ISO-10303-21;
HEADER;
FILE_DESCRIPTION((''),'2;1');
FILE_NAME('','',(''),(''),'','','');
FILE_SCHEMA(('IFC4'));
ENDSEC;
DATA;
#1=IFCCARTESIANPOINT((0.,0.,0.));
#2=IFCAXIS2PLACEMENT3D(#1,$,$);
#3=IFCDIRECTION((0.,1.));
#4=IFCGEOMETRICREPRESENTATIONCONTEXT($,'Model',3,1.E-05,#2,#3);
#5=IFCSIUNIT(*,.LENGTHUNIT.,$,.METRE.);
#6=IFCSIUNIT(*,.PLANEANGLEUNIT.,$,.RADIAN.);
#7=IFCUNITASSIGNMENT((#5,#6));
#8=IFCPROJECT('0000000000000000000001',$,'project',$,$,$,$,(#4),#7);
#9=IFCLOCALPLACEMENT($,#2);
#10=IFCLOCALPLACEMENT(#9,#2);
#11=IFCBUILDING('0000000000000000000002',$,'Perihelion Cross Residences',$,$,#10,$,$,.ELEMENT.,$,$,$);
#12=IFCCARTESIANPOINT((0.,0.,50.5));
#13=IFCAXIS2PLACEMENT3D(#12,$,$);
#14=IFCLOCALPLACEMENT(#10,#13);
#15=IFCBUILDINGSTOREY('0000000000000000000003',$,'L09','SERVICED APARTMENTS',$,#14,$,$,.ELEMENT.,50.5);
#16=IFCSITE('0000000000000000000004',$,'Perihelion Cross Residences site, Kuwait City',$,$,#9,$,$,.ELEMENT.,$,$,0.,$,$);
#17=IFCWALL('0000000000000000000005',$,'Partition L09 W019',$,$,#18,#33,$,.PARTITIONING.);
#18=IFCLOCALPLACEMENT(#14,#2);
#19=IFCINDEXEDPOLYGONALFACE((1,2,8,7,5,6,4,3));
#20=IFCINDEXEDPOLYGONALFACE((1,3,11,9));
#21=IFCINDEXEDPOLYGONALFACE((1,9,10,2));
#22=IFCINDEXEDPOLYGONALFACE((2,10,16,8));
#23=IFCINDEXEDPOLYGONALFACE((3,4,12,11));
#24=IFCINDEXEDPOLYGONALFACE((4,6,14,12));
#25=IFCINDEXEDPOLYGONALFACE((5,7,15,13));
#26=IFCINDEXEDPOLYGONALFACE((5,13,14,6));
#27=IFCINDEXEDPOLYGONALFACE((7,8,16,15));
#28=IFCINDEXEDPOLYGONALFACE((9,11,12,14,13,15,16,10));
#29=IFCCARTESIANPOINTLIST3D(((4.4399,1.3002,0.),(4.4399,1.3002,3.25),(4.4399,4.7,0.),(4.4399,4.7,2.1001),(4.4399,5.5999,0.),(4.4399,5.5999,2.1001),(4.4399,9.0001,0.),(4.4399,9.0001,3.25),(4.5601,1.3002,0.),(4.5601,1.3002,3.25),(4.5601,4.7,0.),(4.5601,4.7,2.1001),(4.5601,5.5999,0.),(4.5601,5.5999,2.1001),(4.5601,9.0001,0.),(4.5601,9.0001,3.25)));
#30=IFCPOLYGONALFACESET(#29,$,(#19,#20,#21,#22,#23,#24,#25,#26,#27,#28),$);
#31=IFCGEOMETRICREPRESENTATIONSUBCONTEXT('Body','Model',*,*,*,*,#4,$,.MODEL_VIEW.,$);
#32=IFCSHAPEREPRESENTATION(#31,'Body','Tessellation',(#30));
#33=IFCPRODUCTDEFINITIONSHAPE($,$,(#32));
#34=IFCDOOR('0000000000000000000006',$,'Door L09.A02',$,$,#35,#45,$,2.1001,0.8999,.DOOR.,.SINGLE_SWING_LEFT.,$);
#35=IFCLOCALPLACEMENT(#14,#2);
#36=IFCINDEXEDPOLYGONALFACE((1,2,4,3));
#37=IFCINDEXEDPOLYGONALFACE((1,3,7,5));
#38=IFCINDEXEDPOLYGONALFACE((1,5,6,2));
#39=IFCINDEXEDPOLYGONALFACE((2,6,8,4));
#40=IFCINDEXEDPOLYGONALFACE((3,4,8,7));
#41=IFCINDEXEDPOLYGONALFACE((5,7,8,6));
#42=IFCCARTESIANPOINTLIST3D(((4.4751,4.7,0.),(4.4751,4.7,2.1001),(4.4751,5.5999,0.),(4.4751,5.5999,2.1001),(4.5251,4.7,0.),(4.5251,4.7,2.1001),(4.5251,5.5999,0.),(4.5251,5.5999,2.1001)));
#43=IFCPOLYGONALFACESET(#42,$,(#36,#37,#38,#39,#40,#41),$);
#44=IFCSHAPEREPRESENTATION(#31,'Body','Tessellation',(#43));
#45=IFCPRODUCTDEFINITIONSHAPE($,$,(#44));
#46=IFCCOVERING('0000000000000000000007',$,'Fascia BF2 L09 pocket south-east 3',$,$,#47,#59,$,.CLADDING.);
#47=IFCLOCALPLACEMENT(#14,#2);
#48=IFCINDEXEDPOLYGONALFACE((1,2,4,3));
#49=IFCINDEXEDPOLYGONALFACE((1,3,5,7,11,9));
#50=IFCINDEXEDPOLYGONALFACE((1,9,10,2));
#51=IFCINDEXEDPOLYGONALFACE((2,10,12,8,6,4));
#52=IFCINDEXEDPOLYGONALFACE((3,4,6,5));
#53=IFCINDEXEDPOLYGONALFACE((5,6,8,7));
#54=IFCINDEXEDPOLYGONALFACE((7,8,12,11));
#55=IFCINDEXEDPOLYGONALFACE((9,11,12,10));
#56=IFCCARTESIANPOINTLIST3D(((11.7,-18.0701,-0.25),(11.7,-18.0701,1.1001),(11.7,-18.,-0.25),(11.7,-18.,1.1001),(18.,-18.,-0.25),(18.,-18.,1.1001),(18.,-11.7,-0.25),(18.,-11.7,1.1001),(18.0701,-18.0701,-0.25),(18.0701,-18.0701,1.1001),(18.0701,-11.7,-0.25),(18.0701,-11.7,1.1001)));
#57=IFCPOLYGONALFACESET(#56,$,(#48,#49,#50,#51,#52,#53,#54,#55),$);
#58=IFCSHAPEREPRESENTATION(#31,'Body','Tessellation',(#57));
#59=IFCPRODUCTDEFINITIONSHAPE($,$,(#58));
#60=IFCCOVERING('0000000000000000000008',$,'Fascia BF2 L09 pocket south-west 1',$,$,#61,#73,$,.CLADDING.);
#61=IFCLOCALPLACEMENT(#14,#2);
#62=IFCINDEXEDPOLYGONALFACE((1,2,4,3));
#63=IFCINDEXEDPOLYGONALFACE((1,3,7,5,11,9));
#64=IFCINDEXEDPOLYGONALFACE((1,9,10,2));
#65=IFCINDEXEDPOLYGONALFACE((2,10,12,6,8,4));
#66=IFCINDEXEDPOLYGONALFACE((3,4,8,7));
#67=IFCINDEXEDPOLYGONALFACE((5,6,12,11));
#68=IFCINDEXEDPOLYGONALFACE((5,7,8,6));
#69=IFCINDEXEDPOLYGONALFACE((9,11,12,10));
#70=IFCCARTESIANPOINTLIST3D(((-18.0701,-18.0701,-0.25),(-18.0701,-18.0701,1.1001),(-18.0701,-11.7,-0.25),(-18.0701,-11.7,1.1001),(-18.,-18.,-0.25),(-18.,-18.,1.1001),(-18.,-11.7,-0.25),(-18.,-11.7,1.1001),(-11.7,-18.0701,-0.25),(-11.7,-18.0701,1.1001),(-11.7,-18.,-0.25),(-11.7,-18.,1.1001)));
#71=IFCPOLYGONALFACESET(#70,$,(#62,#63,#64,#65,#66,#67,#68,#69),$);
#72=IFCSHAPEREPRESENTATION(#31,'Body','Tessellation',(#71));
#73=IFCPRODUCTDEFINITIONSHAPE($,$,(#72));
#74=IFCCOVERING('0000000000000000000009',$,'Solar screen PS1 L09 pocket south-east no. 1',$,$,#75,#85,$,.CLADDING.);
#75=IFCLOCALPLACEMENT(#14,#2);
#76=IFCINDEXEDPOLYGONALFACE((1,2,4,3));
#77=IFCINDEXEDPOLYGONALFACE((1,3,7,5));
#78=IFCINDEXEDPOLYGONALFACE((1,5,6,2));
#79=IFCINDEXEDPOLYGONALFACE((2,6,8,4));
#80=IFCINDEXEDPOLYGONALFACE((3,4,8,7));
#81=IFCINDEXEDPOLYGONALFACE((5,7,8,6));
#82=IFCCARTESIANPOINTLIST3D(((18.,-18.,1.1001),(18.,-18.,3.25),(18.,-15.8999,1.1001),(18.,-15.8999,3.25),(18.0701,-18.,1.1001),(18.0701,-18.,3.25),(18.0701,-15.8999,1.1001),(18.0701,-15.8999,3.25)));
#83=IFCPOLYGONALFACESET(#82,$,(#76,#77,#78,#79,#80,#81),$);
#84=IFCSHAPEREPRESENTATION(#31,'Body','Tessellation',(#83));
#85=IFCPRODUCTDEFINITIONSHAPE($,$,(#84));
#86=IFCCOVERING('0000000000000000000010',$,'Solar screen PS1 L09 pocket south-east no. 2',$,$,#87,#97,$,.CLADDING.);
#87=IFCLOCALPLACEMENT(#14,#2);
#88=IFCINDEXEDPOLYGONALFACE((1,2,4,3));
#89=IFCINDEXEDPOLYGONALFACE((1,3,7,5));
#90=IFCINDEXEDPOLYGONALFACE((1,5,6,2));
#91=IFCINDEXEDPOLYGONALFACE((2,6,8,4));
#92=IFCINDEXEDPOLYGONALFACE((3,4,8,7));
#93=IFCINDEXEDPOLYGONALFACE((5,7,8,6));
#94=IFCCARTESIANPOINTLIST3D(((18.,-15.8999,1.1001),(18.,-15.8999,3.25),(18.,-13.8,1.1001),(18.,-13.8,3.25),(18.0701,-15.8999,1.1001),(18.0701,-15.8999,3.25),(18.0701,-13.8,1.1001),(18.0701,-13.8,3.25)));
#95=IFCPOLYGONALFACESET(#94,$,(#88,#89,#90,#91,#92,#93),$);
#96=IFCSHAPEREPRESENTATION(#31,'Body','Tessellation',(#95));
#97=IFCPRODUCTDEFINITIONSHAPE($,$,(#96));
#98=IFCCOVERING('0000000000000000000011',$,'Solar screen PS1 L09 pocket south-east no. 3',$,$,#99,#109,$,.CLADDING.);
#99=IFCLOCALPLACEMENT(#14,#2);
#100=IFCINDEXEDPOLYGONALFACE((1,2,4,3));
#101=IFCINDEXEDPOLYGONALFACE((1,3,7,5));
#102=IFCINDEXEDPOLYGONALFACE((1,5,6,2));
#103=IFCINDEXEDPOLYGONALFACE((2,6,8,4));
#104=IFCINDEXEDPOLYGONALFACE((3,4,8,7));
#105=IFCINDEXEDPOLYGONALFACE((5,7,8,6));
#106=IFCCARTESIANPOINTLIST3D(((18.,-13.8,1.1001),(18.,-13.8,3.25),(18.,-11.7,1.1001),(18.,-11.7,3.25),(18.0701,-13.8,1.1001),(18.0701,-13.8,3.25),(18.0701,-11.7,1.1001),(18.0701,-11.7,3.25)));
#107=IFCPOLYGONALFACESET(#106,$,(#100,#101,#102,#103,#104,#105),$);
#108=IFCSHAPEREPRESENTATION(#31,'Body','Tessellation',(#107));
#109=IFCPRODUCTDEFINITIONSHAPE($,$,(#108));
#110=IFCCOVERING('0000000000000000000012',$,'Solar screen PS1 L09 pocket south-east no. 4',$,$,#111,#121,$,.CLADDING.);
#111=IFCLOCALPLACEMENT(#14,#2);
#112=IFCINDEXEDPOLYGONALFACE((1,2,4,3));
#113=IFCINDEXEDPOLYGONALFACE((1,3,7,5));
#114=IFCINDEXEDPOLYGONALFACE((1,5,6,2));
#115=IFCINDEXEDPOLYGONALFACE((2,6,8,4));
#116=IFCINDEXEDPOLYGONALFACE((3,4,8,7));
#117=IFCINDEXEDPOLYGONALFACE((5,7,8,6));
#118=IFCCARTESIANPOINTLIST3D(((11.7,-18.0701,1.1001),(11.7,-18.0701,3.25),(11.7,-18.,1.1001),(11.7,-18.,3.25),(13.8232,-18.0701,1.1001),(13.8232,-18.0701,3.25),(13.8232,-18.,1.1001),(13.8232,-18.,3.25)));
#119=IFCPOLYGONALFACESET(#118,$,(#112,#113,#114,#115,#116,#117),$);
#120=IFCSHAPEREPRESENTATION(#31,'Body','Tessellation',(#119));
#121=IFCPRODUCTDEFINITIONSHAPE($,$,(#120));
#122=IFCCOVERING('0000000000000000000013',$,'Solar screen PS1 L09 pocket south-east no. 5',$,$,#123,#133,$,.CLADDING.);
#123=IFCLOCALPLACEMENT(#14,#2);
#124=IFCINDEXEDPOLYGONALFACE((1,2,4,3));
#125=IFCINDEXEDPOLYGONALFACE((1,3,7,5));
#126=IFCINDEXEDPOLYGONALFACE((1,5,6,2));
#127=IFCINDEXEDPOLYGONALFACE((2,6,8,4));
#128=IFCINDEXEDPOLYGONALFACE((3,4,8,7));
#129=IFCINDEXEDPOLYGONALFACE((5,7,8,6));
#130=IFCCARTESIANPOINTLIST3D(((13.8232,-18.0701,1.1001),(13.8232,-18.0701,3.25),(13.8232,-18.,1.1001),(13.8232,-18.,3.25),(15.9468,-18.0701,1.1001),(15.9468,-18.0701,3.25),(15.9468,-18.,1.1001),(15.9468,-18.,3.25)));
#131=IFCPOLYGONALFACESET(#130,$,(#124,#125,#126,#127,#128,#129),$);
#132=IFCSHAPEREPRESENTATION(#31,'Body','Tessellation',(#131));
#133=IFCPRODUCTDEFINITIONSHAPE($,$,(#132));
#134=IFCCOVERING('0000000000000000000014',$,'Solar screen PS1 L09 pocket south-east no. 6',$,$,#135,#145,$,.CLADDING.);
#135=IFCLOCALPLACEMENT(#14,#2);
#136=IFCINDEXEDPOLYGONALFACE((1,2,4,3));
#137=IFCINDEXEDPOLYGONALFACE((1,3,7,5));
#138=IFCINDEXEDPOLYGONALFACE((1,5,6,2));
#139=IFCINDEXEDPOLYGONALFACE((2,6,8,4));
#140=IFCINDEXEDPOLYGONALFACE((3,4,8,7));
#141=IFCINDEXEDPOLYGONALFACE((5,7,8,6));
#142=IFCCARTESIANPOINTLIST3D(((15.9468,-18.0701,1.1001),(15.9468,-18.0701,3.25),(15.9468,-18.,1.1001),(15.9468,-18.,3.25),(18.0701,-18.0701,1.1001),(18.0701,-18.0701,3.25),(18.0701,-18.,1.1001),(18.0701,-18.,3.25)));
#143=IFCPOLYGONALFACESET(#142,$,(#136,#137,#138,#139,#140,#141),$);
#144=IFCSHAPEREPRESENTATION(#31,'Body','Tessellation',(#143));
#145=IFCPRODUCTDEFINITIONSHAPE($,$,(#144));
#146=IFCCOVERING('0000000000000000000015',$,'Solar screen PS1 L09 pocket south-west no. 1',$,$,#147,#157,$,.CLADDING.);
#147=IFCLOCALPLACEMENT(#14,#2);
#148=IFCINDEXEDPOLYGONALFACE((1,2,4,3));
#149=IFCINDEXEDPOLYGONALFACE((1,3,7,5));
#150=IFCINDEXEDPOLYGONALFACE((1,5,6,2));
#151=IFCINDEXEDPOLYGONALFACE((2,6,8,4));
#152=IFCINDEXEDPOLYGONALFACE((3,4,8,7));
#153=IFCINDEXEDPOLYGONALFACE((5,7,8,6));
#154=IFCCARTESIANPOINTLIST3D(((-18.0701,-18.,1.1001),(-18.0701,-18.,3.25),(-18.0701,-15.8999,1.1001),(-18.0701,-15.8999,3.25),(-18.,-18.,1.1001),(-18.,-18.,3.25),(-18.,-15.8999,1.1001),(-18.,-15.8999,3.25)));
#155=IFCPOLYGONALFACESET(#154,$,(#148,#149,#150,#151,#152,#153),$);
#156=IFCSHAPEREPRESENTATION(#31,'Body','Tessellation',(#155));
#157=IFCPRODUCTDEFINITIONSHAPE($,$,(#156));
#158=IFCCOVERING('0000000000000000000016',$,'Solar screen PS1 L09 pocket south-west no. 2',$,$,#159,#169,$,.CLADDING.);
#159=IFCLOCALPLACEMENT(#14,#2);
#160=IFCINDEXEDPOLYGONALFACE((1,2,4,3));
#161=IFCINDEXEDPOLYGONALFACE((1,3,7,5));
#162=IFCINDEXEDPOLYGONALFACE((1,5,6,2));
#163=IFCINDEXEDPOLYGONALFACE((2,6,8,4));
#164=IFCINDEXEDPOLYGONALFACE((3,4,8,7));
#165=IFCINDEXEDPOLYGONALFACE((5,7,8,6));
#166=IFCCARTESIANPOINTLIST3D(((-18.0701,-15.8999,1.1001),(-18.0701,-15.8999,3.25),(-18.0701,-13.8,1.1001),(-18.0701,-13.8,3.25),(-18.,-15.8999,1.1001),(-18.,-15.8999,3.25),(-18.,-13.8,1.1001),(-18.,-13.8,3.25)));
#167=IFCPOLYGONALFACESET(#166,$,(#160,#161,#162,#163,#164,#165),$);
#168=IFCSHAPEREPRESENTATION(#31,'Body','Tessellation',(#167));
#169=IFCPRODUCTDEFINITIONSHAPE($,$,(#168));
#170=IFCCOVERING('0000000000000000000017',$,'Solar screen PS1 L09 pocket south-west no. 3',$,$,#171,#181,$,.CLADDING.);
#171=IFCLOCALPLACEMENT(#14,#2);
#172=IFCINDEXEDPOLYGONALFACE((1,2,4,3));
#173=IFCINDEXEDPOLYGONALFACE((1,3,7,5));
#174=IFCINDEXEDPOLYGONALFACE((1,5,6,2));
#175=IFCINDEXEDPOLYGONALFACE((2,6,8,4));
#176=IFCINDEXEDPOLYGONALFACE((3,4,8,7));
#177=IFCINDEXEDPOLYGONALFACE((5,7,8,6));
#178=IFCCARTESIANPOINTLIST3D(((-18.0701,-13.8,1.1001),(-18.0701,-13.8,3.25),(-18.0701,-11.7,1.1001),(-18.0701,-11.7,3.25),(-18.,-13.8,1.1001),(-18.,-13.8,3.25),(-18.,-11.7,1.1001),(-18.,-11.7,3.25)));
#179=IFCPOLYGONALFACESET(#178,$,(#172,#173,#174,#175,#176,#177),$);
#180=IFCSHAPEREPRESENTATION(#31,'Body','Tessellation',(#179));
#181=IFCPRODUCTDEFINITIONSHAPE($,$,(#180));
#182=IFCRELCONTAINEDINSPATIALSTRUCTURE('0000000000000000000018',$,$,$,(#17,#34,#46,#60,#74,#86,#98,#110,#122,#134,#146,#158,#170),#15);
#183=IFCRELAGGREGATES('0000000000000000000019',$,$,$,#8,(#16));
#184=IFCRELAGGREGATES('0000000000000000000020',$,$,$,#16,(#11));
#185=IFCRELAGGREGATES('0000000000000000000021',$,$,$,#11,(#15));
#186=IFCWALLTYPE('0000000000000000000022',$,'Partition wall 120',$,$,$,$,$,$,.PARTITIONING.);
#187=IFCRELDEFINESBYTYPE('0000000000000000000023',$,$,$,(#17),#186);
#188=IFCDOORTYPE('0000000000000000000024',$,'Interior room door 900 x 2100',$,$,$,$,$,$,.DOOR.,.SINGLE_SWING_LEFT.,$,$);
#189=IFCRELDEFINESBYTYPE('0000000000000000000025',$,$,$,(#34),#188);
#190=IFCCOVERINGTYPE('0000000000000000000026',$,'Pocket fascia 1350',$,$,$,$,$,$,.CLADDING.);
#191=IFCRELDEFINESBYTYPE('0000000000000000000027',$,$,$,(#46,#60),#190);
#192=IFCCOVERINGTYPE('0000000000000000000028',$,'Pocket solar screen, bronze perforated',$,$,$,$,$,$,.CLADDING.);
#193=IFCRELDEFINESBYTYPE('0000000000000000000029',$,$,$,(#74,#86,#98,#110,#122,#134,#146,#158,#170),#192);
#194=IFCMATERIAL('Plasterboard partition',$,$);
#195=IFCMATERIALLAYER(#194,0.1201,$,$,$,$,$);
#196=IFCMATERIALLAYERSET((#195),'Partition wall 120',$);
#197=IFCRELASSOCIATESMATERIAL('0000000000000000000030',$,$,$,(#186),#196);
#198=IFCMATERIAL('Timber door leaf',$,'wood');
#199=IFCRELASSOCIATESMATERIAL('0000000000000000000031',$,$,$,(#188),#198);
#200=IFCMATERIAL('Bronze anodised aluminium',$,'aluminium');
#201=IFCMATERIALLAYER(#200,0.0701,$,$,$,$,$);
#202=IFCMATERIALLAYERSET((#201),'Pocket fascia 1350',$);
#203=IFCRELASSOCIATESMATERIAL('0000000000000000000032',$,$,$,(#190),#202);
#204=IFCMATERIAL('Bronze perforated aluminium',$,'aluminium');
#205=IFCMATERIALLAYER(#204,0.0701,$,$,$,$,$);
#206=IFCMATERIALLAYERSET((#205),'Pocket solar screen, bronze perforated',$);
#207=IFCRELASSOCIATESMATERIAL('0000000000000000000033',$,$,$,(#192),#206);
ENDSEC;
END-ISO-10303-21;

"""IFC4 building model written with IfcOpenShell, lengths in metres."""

from ifc_helpers import new_model, si_unit, direction, frame, frame_2d, origin, place, context, subcontext, project, spatial, polyline, rectangle, outline, extrude, material, layer, layer_set, type_object, element, fill, save


model = new_model("IFC4")

# Units and contexts
model_context = context("Model", 3, precision=1e-05, world=origin(), true_north=direction((0.0, 1.0)))
body_context = subcontext(model_context, "Body", "Model", "MODEL_VIEW")
ifc_project = project(units=[si_unit("LENGTHUNIT", "METRE"), si_unit("PLANEANGLEUNIT", "RADIAN")], contexts=[model_context])

# Site, building, storey
site_placement = place(None, origin())
site = spatial("IfcSite", under=ifc_project, at=site_placement, Name="Perihelion Cross Residences site, Kuwait City", CompositionType="ELEMENT", RefElevation=0.0)
building_placement = place(site_placement, origin())
building = spatial("IfcBuilding", under=site, at=building_placement, Name="Perihelion Cross Residences", CompositionType="ELEMENT")
storey_placement = place(building_placement, frame((0.0, 0.0, 50.5)))
storey = spatial("IfcBuildingStorey", under=building, at=storey_placement, Name="L09", Description="SERVICED APARTMENTS", CompositionType="ELEMENT", Elevation=50.5)

# Wall, opening, door
ifc_material_1 = material(Name="Plasterboard partition")
ifc_layer_1 = layer(ifc_material_1, 0.1201)
ifc_layer_set_1 = layer_set([ifc_layer_1], Name="Partition wall 120")
wall_type_1 = type_object("IfcWallType", Name="Partition wall 120", PredefinedType="PARTITIONING", material=ifc_layer_set_1)
wall_1_placement = place(storey_placement, frame((4.5, 1.3, 0.0), z_axis=(0.0, 0.0, 1.0), x_axis=(0.0, 1.0, 0.0)))
wall_1 = element("IfcWall", 1, at=wall_1_placement, inside=storey, type_object=wall_type_1, Name="Partition L09 W019", PredefinedType="PARTITIONING", context=body_context, shape_type="SweptSolid", body=[
    extrude(rectangle(XDim=7.7, YDim=0.1201, at=frame_2d((3.8501, 0.0))), origin(), (0.0, 0.0, 1.0), 3.25),
])
opening_1_placement = place(wall_1_placement, frame((3.3999, 0.0, 0.0)))
opening_1 = element("IfcOpeningElement", 2, at=opening_1_placement, cuts=wall_1, PredefinedType="OPENING", context=body_context, shape_type="SweptSolid", body=[
    extrude(rectangle(XDim=0.8999, YDim=2.1001, at=frame_2d((0.45, 1.05))), frame((0.0, 0.0701, 0.0), z_axis=(0.0, -1.0, 0.0), x_axis=(1.0, 0.0, 0.0)), (0.0, 0.0, 1.0), 0.1401),
])
ifc_material_2 = material(Name="Timber door leaf", Category="wood")
door_type_1 = type_object("IfcDoorType", Name="Interior room door 900 x 2100", OperationType="SINGLE_SWING_LEFT", PredefinedType="DOOR", material=ifc_material_2)
door_1_placement = place(opening_1_placement, origin())
door_1 = element("IfcDoor", 3, at=door_1_placement, inside=storey, type_object=door_type_1, Name="Door L09.A02", OperationType="SINGLE_SWING_LEFT", OverallHeight=2.1001, OverallWidth=0.8999, PredefinedType="DOOR", context=body_context, shape_type="SweptSolid", body=[
    extrude(rectangle(XDim=0.8999, YDim=2.1001, at=frame_2d((0.45, 1.05))), frame((0.0, 0.0249, 0.0), z_axis=(0.0, -1.0, 0.0), x_axis=(1.0, 0.0, 0.0)), (0.0, 0.0, 1.0), 0.05),
])
fill(opening_1, door_1)

# Coverings
ifc_material_3 = material(Name="Bronze anodised aluminium", Category="aluminium")
ifc_layer_2 = layer(ifc_material_3, 0.0701)
ifc_layer_set_2 = layer_set([ifc_layer_2], Name="Pocket fascia 1350")
covering_type_1 = type_object("IfcCoveringType", Name="Pocket fascia 1350", PredefinedType="CLADDING", material=ifc_layer_set_2)
covering_1_placement = place(storey_placement, frame((0.0, 0.0, -0.25)))
element("IfcCovering", 4, at=covering_1_placement, inside=storey, type_object=covering_type_1, Name="Fascia BF2 L09 pocket south-east 3", PredefinedType="CLADDING", context=body_context, shape_type="SweptSolid", body=[
    extrude(outline(polyline([(18.0701, -18.0701), (18.0701, -11.7), (18.0, -11.7), (18.0, -18.0), (11.7, -18.0), (11.7, -18.0701), (18.0701, -18.0701)])), origin(), (0.0, 0.0, 1.0), 1.3501),
])
covering_2_placement = place(storey_placement, frame((0.0, 0.0, -0.25)))
element("IfcCovering", 5, at=covering_2_placement, inside=storey, type_object=covering_type_1, Name="Fascia BF2 L09 pocket south-west 1", PredefinedType="CLADDING", context=body_context, shape_type="SweptSolid", body=[
    extrude(outline(polyline([(-18.0701, -11.7), (-18.0701, -18.0701), (-11.7, -18.0701), (-11.7, -18.0), (-18.0, -18.0), (-18.0, -11.7), (-18.0701, -11.7)])), origin(), (0.0, 0.0, 1.0), 1.3501),
])
ifc_material_4 = material(Name="Bronze perforated aluminium", Category="aluminium")
ifc_layer_3 = layer(ifc_material_4, 0.0701)
ifc_layer_set_3 = layer_set([ifc_layer_3], Name="Pocket solar screen, bronze perforated")
covering_type_2 = type_object("IfcCoveringType", Name="Pocket solar screen, bronze perforated", PredefinedType="CLADDING", material=ifc_layer_set_3)
covering_3_placement = place(storey_placement, frame((0.0, 0.0, 1.1001)))
element("IfcCovering", 6, at=covering_3_placement, inside=storey, type_object=covering_type_2, Name="Solar screen PS1 L09 pocket south-east no. 1", PredefinedType="CLADDING", context=body_context, shape_type="SweptSolid", body=[
    extrude(outline(polyline([(18.0701, -18.0), (18.0701, -15.8999), (18.0, -15.8999), (18.0, -18.0), (18.0701, -18.0)])), origin(), (0.0, 0.0, 1.0), 2.1499),
])
covering_4_placement = place(storey_placement, frame((0.0, 0.0, 1.1001)))
element("IfcCovering", 7, at=covering_4_placement, inside=storey, type_object=covering_type_2, Name="Solar screen PS1 L09 pocket south-east no. 2", PredefinedType="CLADDING", context=body_context, shape_type="SweptSolid", body=[
    extrude(outline(polyline([(18.0701, -15.8999), (18.0701, -13.8), (18.0, -13.8), (18.0, -15.8999), (18.0701, -15.8999)])), origin(), (0.0, 0.0, 1.0), 2.1499),
])
covering_5_placement = place(storey_placement, frame((0.0, 0.0, 1.1001)))
element("IfcCovering", 8, at=covering_5_placement, inside=storey, type_object=covering_type_2, Name="Solar screen PS1 L09 pocket south-east no. 3", PredefinedType="CLADDING", context=body_context, shape_type="SweptSolid", body=[
    extrude(outline(polyline([(18.0701, -13.8), (18.0701, -11.7), (18.0, -11.7), (18.0, -13.8), (18.0701, -13.8)])), origin(), (0.0, 0.0, 1.0), 2.1499),
])
covering_6_placement = place(storey_placement, frame((0.0, 0.0, 1.1001)))
element("IfcCovering", 9, at=covering_6_placement, inside=storey, type_object=covering_type_2, Name="Solar screen PS1 L09 pocket south-east no. 4", PredefinedType="CLADDING", context=body_context, shape_type="SweptSolid", body=[
    extrude(outline(polyline([(13.8232, -18.0701), (13.8232, -18.0), (11.7, -18.0), (11.7, -18.0701), (13.8232, -18.0701)])), origin(), (0.0, 0.0, 1.0), 2.1499),
])
covering_7_placement = place(storey_placement, frame((0.0, 0.0, 1.1001)))
element("IfcCovering", 10, at=covering_7_placement, inside=storey, type_object=covering_type_2, Name="Solar screen PS1 L09 pocket south-east no. 5", PredefinedType="CLADDING", context=body_context, shape_type="SweptSolid", body=[
    extrude(outline(polyline([(15.9468, -18.0701), (15.9468, -18.0), (13.8232, -18.0), (13.8232, -18.0701), (15.9468, -18.0701)])), origin(), (0.0, 0.0, 1.0), 2.1499),
])
covering_8_placement = place(storey_placement, frame((0.0, 0.0, 1.1001)))
element("IfcCovering", 11, at=covering_8_placement, inside=storey, type_object=covering_type_2, Name="Solar screen PS1 L09 pocket south-east no. 6", PredefinedType="CLADDING", context=body_context, shape_type="SweptSolid", body=[
    extrude(outline(polyline([(18.0701, -18.0701), (18.0701, -18.0), (15.9468, -18.0), (15.9468, -18.0701), (18.0701, -18.0701)])), origin(), (0.0, 0.0, 1.0), 2.1499),
])
covering_9_placement = place(storey_placement, frame((0.0, 0.0, 1.1001)))
element("IfcCovering", 12, at=covering_9_placement, inside=storey, type_object=covering_type_2, Name="Solar screen PS1 L09 pocket south-west no. 1", PredefinedType="CLADDING", context=body_context, shape_type="SweptSolid", body=[
    extrude(outline(polyline([(-18.0, -18.0), (-18.0, -15.8999), (-18.0701, -15.8999), (-18.0701, -18.0), (-18.0, -18.0)])), origin(), (0.0, 0.0, 1.0), 2.1499),
])
covering_10_placement = place(storey_placement, frame((0.0, 0.0, 1.1001)))
element("IfcCovering", 13, at=covering_10_placement, inside=storey, type_object=covering_type_2, Name="Solar screen PS1 L09 pocket south-west no. 2", PredefinedType="CLADDING", context=body_context, shape_type="SweptSolid", body=[
    extrude(outline(polyline([(-18.0, -15.8999), (-18.0, -13.8), (-18.0701, -13.8), (-18.0701, -15.8999), (-18.0, -15.8999)])), origin(), (0.0, 0.0, 1.0), 2.1499),
])
covering_11_placement = place(storey_placement, frame((0.0, 0.0, 1.1001)))
element("IfcCovering", 14, at=covering_11_placement, inside=storey, type_object=covering_type_2, Name="Solar screen PS1 L09 pocket south-west no. 3", PredefinedType="CLADDING", context=body_context, shape_type="SweptSolid", body=[
    extrude(outline(polyline([(-18.0, -13.8), (-18.0, -11.7), (-18.0701, -11.7), (-18.0701, -13.8), (-18.0, -13.8)])), origin(), (0.0, 0.0, 1.0), 2.1499),
])

save(model, "model.ifc")
